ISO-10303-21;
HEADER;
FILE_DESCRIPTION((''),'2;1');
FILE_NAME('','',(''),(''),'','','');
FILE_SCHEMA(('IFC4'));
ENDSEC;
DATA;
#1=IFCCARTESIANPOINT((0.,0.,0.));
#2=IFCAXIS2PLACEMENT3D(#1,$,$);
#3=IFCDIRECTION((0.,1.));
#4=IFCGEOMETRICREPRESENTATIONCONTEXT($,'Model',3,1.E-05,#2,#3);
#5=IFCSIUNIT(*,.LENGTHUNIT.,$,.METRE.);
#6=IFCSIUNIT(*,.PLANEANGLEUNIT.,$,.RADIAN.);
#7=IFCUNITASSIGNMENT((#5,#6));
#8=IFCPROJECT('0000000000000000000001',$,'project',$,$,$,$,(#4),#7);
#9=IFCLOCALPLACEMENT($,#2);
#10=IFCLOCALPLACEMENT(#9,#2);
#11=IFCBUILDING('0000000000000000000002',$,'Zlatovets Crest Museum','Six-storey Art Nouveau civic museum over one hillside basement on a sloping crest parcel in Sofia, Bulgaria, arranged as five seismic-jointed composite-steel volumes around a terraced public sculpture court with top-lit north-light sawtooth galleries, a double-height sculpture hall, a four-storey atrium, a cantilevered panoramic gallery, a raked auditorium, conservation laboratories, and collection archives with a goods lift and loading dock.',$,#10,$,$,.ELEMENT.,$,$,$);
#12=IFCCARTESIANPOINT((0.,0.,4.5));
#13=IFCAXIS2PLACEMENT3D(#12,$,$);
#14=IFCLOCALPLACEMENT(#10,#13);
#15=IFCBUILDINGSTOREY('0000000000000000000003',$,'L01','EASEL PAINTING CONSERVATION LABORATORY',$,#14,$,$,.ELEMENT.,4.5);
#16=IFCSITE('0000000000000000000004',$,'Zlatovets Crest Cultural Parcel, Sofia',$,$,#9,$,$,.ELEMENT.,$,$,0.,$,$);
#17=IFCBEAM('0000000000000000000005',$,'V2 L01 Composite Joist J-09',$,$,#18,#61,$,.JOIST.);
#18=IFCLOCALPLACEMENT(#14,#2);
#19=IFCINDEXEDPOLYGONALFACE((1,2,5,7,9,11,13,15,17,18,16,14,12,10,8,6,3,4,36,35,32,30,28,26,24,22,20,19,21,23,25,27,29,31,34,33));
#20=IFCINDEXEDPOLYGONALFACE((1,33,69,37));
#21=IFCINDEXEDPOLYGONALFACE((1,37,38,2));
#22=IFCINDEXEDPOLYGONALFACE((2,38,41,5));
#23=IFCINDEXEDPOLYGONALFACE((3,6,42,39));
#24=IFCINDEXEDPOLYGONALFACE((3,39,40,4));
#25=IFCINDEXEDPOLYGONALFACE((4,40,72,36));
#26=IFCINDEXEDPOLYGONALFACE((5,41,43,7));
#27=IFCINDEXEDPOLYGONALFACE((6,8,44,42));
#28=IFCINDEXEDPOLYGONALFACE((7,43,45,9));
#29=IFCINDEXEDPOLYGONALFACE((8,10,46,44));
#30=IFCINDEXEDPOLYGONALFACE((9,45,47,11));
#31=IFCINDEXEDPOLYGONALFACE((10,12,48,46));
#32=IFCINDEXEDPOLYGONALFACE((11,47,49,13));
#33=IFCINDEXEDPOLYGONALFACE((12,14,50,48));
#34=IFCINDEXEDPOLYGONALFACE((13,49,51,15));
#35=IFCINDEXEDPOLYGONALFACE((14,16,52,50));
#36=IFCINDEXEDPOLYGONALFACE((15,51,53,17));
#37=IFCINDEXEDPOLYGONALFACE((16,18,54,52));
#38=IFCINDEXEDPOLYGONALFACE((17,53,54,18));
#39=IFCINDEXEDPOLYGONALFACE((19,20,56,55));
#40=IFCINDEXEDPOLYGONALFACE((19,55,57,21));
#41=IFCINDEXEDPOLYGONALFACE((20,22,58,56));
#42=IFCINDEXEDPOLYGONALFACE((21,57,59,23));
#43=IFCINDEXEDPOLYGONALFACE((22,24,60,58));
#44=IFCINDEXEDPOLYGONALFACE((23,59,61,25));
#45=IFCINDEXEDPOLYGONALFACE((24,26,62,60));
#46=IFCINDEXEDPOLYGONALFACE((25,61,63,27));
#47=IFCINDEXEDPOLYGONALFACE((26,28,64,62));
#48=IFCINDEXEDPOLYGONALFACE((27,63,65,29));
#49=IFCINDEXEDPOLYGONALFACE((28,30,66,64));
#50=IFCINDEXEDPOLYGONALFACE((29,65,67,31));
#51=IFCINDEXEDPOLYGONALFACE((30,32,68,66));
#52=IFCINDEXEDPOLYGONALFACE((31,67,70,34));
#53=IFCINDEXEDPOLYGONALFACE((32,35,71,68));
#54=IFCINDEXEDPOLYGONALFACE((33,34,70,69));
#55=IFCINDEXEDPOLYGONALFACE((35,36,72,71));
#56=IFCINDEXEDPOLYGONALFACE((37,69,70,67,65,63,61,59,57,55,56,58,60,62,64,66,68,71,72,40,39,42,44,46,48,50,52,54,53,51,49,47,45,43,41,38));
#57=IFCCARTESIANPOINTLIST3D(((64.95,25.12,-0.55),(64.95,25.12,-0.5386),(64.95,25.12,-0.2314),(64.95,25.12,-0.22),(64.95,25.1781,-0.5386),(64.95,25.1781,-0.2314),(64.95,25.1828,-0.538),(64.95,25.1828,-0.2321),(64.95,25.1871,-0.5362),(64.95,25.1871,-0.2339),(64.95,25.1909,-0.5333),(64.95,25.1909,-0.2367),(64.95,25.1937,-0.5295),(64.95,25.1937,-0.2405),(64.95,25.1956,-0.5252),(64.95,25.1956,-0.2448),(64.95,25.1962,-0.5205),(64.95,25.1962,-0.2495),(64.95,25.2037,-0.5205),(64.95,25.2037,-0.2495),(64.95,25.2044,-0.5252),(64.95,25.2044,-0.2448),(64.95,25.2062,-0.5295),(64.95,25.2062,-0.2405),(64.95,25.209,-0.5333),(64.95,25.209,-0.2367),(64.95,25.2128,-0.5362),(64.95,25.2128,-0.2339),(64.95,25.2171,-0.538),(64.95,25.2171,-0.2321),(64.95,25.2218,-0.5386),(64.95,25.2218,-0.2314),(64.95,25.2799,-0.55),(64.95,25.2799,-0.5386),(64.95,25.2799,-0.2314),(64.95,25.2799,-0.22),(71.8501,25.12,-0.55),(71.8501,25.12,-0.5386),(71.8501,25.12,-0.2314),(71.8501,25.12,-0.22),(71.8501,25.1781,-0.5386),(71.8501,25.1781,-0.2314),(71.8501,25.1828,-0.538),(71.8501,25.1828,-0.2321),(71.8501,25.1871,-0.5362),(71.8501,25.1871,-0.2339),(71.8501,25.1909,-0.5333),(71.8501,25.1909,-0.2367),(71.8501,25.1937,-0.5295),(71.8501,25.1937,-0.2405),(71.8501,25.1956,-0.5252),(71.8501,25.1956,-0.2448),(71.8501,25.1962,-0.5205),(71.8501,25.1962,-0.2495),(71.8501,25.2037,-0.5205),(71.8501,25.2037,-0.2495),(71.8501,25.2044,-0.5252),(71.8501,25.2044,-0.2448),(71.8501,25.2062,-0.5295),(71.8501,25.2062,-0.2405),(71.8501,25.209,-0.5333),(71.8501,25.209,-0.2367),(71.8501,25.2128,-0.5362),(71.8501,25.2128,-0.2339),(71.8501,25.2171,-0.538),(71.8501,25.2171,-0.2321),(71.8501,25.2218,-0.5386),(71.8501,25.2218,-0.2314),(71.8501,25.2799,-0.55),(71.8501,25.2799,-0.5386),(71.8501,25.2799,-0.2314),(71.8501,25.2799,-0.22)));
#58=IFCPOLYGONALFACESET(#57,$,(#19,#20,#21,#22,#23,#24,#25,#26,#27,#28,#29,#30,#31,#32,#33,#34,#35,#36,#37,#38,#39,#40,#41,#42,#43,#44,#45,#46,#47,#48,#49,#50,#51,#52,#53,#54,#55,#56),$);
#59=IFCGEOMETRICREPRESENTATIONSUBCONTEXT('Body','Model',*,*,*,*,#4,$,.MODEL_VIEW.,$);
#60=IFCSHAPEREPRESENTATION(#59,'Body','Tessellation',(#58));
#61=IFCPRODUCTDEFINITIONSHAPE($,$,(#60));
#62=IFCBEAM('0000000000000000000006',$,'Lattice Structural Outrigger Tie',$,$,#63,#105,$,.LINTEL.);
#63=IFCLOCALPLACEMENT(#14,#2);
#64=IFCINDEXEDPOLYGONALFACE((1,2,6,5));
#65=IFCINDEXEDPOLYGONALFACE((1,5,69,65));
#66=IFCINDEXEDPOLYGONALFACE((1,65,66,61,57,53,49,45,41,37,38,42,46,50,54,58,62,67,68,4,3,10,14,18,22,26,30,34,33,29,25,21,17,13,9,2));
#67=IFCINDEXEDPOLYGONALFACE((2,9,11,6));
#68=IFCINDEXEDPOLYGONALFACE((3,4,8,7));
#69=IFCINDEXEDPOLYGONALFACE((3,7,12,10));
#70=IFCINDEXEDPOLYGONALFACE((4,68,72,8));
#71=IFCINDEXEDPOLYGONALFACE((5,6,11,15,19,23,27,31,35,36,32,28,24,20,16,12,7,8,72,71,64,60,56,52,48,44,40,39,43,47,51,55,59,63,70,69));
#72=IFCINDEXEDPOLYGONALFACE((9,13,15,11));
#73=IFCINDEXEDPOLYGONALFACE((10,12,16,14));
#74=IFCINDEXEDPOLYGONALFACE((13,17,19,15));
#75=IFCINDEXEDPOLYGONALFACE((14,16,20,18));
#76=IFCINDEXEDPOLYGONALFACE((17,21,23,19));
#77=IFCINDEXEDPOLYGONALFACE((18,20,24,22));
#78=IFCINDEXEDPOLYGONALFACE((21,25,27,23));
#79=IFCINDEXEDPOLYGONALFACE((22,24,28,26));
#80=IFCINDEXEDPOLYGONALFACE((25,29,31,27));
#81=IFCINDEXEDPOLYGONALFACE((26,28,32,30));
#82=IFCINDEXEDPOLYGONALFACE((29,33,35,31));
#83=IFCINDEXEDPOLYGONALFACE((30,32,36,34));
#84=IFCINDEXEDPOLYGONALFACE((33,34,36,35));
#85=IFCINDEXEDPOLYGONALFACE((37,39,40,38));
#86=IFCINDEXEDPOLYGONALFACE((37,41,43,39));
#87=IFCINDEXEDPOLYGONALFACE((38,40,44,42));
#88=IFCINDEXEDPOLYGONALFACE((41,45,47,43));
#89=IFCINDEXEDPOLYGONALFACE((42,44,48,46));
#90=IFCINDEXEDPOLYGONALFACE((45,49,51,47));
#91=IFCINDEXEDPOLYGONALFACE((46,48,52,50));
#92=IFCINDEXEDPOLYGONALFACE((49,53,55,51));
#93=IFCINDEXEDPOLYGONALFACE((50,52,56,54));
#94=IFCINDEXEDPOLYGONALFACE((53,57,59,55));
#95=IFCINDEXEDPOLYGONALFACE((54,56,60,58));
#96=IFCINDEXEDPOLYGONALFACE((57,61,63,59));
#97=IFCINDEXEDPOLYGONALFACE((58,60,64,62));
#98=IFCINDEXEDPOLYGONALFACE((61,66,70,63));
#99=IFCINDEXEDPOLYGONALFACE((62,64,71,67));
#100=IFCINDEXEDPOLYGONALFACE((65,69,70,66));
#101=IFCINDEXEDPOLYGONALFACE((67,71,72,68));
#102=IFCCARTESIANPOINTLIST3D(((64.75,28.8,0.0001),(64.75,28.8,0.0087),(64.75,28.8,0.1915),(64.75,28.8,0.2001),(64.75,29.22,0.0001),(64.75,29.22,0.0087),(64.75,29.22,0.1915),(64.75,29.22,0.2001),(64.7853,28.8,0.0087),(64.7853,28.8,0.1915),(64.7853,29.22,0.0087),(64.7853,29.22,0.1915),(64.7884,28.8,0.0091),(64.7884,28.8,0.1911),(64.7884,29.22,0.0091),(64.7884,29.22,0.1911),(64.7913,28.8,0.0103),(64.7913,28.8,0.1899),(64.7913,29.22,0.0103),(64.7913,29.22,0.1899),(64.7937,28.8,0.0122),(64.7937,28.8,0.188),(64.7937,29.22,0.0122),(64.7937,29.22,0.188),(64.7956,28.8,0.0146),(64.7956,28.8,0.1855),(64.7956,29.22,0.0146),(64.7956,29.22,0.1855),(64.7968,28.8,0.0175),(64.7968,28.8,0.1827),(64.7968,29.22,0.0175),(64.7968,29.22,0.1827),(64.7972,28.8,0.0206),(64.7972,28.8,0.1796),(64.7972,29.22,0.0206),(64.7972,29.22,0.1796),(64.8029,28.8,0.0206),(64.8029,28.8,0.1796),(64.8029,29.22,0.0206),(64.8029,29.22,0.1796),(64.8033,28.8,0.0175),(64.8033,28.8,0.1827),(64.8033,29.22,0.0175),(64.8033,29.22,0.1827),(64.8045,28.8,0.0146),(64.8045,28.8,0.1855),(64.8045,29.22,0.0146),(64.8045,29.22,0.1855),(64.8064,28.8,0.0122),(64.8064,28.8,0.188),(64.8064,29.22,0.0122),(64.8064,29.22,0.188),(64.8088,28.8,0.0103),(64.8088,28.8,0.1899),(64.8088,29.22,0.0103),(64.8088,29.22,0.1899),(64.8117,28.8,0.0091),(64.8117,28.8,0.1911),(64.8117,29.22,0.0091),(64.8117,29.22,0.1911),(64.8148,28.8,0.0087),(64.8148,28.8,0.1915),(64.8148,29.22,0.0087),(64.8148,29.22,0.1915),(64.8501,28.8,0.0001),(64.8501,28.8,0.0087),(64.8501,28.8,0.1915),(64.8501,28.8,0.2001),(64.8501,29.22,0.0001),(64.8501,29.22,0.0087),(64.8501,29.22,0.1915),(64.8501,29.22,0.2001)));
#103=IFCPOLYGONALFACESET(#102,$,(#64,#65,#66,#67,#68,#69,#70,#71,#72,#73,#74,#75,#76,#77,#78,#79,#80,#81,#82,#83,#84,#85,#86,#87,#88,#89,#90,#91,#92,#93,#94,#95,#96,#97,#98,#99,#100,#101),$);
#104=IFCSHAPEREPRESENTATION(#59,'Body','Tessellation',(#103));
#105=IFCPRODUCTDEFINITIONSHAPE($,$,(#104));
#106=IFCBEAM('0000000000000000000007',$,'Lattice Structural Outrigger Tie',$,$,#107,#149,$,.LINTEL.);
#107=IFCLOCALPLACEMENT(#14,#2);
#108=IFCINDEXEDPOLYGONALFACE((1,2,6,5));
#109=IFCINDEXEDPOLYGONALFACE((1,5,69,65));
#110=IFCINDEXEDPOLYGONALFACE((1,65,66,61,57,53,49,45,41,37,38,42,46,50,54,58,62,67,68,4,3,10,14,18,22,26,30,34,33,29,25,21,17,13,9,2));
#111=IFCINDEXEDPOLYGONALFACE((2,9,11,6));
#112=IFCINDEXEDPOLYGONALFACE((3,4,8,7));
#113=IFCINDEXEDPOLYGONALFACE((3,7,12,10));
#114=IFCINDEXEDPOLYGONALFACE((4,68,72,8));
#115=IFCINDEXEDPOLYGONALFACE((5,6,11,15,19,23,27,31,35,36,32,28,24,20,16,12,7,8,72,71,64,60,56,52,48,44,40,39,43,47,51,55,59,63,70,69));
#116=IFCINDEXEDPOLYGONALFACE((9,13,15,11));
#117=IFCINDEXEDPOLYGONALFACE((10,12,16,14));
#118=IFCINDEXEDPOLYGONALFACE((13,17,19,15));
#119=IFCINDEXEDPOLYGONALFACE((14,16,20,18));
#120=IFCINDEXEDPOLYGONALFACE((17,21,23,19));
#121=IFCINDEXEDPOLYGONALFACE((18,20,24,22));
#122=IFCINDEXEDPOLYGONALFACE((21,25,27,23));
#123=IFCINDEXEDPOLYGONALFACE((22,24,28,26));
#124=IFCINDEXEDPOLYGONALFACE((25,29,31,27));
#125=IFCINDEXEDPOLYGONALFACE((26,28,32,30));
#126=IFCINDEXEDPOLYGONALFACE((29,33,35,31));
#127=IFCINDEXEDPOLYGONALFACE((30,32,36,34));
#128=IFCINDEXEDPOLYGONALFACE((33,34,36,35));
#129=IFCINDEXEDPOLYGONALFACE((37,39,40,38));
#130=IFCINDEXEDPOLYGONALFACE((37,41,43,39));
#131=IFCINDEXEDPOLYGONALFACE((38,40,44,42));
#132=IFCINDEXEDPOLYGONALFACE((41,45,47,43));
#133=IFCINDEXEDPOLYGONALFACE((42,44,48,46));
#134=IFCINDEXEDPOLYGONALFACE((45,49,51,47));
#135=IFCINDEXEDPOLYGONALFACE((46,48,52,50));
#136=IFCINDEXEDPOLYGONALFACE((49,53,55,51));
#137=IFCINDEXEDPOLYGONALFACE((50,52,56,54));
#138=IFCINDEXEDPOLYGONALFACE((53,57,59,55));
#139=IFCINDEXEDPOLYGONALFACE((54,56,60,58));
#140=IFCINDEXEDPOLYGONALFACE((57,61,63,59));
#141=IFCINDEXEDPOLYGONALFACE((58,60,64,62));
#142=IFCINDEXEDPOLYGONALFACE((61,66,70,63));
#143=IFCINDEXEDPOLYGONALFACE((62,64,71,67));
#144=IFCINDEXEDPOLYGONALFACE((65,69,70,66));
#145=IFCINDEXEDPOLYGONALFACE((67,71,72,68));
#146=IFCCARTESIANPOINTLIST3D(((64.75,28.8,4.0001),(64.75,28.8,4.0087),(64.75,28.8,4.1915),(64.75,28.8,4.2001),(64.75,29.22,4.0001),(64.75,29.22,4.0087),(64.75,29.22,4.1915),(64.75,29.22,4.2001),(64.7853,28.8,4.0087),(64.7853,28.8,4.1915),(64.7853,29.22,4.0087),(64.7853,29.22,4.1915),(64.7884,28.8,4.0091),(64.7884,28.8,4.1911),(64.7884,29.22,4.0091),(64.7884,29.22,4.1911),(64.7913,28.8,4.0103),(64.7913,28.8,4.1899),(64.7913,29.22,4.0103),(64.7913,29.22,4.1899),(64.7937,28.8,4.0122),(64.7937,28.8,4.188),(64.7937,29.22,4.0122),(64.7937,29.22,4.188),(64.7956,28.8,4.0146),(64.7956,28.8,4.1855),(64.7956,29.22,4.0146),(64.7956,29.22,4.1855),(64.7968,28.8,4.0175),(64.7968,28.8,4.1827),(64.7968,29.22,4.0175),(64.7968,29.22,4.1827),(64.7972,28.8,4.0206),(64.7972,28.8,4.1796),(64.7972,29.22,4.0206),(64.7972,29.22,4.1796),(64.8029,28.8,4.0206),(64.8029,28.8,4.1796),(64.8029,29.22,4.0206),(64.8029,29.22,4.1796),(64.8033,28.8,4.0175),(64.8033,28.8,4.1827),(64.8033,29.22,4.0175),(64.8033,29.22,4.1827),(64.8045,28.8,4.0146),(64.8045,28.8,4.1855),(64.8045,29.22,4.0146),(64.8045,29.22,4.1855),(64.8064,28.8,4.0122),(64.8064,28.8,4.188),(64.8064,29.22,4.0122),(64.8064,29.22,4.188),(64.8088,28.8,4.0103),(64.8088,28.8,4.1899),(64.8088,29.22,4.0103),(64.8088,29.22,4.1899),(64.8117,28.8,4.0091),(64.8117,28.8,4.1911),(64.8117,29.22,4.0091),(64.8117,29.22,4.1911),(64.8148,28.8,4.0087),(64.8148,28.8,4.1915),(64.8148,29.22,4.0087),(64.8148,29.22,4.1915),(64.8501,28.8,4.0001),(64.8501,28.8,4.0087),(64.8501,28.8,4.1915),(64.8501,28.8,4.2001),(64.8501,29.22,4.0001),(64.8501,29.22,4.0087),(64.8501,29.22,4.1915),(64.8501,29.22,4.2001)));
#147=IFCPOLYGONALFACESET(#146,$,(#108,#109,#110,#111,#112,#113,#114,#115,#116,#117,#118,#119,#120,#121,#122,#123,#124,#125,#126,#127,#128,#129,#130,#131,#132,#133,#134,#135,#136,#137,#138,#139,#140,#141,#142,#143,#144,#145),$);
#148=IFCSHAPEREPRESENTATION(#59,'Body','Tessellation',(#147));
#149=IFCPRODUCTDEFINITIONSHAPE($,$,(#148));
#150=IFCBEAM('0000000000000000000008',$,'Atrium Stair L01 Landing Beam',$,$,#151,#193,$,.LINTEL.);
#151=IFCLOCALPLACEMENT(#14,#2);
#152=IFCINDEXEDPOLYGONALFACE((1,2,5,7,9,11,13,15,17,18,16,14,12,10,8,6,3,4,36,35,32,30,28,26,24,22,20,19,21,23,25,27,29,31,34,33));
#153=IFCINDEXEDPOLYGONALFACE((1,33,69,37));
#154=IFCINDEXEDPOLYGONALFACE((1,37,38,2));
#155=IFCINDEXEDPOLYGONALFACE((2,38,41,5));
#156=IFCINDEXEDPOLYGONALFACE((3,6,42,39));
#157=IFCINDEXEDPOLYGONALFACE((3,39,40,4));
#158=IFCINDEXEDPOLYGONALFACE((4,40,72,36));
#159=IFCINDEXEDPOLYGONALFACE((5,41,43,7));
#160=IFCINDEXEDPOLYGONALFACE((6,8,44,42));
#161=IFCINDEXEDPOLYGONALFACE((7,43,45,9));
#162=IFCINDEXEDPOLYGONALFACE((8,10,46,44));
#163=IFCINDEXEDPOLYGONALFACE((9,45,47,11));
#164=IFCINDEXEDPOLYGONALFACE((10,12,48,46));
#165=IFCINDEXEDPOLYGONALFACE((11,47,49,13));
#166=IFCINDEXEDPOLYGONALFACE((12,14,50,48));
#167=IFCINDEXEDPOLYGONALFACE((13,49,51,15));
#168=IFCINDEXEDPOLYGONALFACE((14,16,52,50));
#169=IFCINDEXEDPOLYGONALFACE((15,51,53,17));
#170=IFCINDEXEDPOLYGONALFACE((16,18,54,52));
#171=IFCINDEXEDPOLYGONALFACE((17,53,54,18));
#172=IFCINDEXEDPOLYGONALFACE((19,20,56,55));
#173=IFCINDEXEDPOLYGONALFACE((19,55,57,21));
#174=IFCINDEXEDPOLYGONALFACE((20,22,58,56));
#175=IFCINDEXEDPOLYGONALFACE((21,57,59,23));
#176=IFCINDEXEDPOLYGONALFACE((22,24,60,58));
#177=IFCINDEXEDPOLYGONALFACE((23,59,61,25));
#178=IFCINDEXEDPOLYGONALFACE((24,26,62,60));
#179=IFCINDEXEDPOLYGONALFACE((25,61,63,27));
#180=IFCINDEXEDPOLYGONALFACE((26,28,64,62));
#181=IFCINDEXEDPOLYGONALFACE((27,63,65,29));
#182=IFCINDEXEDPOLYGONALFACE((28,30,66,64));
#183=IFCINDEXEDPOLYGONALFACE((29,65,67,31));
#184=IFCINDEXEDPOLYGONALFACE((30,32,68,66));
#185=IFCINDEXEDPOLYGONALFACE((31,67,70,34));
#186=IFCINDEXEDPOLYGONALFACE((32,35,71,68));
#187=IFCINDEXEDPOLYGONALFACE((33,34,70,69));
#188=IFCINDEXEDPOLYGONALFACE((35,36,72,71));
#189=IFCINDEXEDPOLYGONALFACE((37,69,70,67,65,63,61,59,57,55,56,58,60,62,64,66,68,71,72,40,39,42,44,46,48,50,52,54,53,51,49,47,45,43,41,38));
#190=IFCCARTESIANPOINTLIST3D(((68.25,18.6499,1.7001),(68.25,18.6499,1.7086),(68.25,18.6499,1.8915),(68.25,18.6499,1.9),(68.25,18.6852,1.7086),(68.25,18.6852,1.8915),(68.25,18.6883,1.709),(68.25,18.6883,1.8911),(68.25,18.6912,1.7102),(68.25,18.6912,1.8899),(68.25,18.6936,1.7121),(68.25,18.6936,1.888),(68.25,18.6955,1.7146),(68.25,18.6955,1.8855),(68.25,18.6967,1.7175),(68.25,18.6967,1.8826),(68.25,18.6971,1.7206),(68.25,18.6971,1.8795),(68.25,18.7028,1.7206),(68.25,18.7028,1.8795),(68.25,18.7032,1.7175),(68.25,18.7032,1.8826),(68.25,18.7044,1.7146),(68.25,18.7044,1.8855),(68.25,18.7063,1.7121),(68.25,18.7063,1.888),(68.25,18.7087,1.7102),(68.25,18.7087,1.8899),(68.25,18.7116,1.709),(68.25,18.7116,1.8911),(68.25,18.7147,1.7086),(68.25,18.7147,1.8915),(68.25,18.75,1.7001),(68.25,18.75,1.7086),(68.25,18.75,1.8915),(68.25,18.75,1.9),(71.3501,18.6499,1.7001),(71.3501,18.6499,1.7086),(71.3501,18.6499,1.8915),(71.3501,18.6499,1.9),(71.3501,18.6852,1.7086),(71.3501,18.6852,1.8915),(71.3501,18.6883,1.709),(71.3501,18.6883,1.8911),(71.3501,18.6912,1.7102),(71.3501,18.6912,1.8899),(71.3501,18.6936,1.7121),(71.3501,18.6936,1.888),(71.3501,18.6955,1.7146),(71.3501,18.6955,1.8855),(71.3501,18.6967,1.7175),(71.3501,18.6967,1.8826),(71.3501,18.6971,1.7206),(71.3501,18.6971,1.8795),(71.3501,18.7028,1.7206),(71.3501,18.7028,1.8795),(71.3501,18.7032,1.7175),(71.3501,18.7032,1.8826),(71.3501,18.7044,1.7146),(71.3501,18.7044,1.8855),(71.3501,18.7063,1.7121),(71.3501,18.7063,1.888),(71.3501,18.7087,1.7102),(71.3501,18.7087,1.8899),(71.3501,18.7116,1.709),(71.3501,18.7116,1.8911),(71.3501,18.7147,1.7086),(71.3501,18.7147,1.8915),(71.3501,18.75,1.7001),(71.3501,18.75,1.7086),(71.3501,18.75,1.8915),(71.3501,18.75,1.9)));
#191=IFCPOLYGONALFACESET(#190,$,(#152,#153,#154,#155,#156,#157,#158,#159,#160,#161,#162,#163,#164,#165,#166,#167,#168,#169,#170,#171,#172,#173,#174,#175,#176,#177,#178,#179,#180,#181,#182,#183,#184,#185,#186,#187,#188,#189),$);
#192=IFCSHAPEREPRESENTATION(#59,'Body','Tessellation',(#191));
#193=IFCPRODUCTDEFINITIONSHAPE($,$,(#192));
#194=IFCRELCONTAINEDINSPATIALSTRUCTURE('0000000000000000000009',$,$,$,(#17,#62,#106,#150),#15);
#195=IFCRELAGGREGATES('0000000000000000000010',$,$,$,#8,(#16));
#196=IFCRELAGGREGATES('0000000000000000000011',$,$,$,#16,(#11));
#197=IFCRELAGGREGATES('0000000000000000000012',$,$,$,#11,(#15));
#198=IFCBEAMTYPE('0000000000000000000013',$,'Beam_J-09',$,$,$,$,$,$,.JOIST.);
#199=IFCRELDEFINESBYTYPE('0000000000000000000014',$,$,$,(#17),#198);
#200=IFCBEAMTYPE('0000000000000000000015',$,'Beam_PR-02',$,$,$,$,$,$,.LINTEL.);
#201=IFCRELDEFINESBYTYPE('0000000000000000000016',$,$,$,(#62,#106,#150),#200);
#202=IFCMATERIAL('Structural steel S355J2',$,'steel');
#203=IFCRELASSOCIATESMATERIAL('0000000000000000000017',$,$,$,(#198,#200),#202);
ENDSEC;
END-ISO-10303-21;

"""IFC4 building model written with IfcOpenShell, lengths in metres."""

from ifc_helpers import new_model, si_unit, direction, frame, origin, origin_2d, place, context, subcontext, project, spatial, i_section, extrude, material, material_profile, profile_set, type_object, element, save


model = new_model("IFC4")

# Units and contexts
model_context = context("Model", 3, precision=1e-05, world=origin(), true_north=direction((0.0, 1.0)))
body_context = subcontext(model_context, "Body", "Model", "MODEL_VIEW")
ifc_project = project(units=[si_unit("LENGTHUNIT", "METRE"), si_unit("PLANEANGLEUNIT", "RADIAN")], contexts=[model_context])

# Site, building, storey
site_placement = place(None, origin())
site = spatial("IfcSite", under=ifc_project, at=site_placement, Name="Zlatovets Crest Cultural Parcel, Sofia", CompositionType="ELEMENT", RefElevation=0.0)
building_placement = place(site_placement, origin())
building = spatial("IfcBuilding", under=site, at=building_placement, Name="Zlatovets Crest Museum", Description="Six-storey Art Nouveau civic museum over one hillside basement on a sloping crest parcel in Sofia, Bulgaria, arranged as five seismic-jointed composite-steel volumes around a terraced public sculpture court with top-lit north-light sawtooth galleries, a double-height sculpture hall, a four-storey atrium, a cantilevered panoramic gallery, a raked auditorium, conservation laboratories, and collection archives with a goods lift and loading dock.", CompositionType="ELEMENT")
storey_placement = place(building_placement, frame((0.0, 0.0, 4.5)))
storey = spatial("IfcBuildingStorey", under=building, at=storey_placement, Name="L01", Description="EASEL PAINTING CONSERVATION LABORATORY", CompositionType="ELEMENT", Elevation=4.5)

# Shared definitions
ifc_material_1 = material(Name="Structural steel S355J2", Category="steel")

# Beams
ifc_material_profile_1 = material_profile(ifc_material_1, i_section(OverallWidth=0.1599, OverallDepth=0.3301, WebThickness=0.0076, FlangeThickness=0.0115, FilletRadius=0.0181, at=origin_2d()), Name="IPE 330")
ifc_profile_set_1 = profile_set([ifc_material_profile_1], Name="Structural steel S355J2")
beam_type_1 = type_object("IfcBeamType", Name="Beam_J-09", PredefinedType="JOIST", material=ifc_profile_set_1)
beam_1_placement = place(storey_placement, frame((64.95, 25.2, -0.385), z_axis=(1.0, 0.0, 0.0), x_axis=(0.0, 1.0, 0.0)))
element("IfcBeam", 1, at=beam_1_placement, inside=storey, type_object=beam_type_1, Name="V2 L01 Composite Joist J-09", PredefinedType="JOIST", context=body_context, shape_type="SweptSolid", body=[
    extrude(i_section(OverallWidth=0.1599, OverallDepth=0.3301, WebThickness=0.0076, FlangeThickness=0.0115, FilletRadius=0.0181, at=origin_2d()), origin(), (0.0, 0.0, 1.0), 6.9001),
])
ifc_material_profile_2 = material_profile(ifc_material_1, i_section(OverallWidth=0.1001, OverallDepth=0.2, WebThickness=0.0056, FlangeThickness=0.0085, FilletRadius=0.012, at=origin_2d()), Name="IPE 200")
ifc_profile_set_2 = profile_set([ifc_material_profile_2], Name="Structural steel S355J2")
beam_type_2 = type_object("IfcBeamType", Name="Beam_PR-02", PredefinedType="LINTEL", material=ifc_profile_set_2)
for number, where, z_axis, x_axis, name in (
    (2, (64.8, 28.8, 0.1001), (0.0, 1.0, 0.0), (-1.0, 0.0, 0.0), "Lattice Structural Outrigger Tie"),
    (3, (64.8, 28.8, 4.1001), (0.0, 1.0, 0.0), (-1.0, 0.0, 0.0), "Lattice Structural Outrigger Tie"),
):
    element("IfcBeam", number, at=place(storey_placement, frame(where, z_axis=z_axis, x_axis=x_axis)), inside=storey, type_object=beam_type_2, Name=name, PredefinedType="LINTEL", context=body_context, shape_type="SweptSolid", body=[
        extrude(i_section(OverallWidth=0.1001, OverallDepth=0.2, WebThickness=0.0056, FlangeThickness=0.0085, FilletRadius=0.012, at=origin_2d()), origin(), (0.0, 0.0, 1.0), 0.4199),
    ])
for number, where, z_axis, x_axis, name in (
    (4, (68.25, 18.7, 1.8), (1.0, 0.0, 0.0), (0.0, 1.0, 0.0), "Atrium Stair L01 Landing Beam"),
):
    element("IfcBeam", number, at=place(storey_placement, frame(where, z_axis=z_axis, x_axis=x_axis)), inside=storey, type_object=beam_type_2, Name=name, PredefinedType="LINTEL", context=body_context, shape_type="SweptSolid", body=[
        extrude(i_section(OverallWidth=0.1001, OverallDepth=0.2, WebThickness=0.0056, FlangeThickness=0.0085, FilletRadius=0.012, at=origin_2d()), origin(), (0.0, 0.0, 1.0), 3.1001),
    ])

save(model, "model.ifc")
